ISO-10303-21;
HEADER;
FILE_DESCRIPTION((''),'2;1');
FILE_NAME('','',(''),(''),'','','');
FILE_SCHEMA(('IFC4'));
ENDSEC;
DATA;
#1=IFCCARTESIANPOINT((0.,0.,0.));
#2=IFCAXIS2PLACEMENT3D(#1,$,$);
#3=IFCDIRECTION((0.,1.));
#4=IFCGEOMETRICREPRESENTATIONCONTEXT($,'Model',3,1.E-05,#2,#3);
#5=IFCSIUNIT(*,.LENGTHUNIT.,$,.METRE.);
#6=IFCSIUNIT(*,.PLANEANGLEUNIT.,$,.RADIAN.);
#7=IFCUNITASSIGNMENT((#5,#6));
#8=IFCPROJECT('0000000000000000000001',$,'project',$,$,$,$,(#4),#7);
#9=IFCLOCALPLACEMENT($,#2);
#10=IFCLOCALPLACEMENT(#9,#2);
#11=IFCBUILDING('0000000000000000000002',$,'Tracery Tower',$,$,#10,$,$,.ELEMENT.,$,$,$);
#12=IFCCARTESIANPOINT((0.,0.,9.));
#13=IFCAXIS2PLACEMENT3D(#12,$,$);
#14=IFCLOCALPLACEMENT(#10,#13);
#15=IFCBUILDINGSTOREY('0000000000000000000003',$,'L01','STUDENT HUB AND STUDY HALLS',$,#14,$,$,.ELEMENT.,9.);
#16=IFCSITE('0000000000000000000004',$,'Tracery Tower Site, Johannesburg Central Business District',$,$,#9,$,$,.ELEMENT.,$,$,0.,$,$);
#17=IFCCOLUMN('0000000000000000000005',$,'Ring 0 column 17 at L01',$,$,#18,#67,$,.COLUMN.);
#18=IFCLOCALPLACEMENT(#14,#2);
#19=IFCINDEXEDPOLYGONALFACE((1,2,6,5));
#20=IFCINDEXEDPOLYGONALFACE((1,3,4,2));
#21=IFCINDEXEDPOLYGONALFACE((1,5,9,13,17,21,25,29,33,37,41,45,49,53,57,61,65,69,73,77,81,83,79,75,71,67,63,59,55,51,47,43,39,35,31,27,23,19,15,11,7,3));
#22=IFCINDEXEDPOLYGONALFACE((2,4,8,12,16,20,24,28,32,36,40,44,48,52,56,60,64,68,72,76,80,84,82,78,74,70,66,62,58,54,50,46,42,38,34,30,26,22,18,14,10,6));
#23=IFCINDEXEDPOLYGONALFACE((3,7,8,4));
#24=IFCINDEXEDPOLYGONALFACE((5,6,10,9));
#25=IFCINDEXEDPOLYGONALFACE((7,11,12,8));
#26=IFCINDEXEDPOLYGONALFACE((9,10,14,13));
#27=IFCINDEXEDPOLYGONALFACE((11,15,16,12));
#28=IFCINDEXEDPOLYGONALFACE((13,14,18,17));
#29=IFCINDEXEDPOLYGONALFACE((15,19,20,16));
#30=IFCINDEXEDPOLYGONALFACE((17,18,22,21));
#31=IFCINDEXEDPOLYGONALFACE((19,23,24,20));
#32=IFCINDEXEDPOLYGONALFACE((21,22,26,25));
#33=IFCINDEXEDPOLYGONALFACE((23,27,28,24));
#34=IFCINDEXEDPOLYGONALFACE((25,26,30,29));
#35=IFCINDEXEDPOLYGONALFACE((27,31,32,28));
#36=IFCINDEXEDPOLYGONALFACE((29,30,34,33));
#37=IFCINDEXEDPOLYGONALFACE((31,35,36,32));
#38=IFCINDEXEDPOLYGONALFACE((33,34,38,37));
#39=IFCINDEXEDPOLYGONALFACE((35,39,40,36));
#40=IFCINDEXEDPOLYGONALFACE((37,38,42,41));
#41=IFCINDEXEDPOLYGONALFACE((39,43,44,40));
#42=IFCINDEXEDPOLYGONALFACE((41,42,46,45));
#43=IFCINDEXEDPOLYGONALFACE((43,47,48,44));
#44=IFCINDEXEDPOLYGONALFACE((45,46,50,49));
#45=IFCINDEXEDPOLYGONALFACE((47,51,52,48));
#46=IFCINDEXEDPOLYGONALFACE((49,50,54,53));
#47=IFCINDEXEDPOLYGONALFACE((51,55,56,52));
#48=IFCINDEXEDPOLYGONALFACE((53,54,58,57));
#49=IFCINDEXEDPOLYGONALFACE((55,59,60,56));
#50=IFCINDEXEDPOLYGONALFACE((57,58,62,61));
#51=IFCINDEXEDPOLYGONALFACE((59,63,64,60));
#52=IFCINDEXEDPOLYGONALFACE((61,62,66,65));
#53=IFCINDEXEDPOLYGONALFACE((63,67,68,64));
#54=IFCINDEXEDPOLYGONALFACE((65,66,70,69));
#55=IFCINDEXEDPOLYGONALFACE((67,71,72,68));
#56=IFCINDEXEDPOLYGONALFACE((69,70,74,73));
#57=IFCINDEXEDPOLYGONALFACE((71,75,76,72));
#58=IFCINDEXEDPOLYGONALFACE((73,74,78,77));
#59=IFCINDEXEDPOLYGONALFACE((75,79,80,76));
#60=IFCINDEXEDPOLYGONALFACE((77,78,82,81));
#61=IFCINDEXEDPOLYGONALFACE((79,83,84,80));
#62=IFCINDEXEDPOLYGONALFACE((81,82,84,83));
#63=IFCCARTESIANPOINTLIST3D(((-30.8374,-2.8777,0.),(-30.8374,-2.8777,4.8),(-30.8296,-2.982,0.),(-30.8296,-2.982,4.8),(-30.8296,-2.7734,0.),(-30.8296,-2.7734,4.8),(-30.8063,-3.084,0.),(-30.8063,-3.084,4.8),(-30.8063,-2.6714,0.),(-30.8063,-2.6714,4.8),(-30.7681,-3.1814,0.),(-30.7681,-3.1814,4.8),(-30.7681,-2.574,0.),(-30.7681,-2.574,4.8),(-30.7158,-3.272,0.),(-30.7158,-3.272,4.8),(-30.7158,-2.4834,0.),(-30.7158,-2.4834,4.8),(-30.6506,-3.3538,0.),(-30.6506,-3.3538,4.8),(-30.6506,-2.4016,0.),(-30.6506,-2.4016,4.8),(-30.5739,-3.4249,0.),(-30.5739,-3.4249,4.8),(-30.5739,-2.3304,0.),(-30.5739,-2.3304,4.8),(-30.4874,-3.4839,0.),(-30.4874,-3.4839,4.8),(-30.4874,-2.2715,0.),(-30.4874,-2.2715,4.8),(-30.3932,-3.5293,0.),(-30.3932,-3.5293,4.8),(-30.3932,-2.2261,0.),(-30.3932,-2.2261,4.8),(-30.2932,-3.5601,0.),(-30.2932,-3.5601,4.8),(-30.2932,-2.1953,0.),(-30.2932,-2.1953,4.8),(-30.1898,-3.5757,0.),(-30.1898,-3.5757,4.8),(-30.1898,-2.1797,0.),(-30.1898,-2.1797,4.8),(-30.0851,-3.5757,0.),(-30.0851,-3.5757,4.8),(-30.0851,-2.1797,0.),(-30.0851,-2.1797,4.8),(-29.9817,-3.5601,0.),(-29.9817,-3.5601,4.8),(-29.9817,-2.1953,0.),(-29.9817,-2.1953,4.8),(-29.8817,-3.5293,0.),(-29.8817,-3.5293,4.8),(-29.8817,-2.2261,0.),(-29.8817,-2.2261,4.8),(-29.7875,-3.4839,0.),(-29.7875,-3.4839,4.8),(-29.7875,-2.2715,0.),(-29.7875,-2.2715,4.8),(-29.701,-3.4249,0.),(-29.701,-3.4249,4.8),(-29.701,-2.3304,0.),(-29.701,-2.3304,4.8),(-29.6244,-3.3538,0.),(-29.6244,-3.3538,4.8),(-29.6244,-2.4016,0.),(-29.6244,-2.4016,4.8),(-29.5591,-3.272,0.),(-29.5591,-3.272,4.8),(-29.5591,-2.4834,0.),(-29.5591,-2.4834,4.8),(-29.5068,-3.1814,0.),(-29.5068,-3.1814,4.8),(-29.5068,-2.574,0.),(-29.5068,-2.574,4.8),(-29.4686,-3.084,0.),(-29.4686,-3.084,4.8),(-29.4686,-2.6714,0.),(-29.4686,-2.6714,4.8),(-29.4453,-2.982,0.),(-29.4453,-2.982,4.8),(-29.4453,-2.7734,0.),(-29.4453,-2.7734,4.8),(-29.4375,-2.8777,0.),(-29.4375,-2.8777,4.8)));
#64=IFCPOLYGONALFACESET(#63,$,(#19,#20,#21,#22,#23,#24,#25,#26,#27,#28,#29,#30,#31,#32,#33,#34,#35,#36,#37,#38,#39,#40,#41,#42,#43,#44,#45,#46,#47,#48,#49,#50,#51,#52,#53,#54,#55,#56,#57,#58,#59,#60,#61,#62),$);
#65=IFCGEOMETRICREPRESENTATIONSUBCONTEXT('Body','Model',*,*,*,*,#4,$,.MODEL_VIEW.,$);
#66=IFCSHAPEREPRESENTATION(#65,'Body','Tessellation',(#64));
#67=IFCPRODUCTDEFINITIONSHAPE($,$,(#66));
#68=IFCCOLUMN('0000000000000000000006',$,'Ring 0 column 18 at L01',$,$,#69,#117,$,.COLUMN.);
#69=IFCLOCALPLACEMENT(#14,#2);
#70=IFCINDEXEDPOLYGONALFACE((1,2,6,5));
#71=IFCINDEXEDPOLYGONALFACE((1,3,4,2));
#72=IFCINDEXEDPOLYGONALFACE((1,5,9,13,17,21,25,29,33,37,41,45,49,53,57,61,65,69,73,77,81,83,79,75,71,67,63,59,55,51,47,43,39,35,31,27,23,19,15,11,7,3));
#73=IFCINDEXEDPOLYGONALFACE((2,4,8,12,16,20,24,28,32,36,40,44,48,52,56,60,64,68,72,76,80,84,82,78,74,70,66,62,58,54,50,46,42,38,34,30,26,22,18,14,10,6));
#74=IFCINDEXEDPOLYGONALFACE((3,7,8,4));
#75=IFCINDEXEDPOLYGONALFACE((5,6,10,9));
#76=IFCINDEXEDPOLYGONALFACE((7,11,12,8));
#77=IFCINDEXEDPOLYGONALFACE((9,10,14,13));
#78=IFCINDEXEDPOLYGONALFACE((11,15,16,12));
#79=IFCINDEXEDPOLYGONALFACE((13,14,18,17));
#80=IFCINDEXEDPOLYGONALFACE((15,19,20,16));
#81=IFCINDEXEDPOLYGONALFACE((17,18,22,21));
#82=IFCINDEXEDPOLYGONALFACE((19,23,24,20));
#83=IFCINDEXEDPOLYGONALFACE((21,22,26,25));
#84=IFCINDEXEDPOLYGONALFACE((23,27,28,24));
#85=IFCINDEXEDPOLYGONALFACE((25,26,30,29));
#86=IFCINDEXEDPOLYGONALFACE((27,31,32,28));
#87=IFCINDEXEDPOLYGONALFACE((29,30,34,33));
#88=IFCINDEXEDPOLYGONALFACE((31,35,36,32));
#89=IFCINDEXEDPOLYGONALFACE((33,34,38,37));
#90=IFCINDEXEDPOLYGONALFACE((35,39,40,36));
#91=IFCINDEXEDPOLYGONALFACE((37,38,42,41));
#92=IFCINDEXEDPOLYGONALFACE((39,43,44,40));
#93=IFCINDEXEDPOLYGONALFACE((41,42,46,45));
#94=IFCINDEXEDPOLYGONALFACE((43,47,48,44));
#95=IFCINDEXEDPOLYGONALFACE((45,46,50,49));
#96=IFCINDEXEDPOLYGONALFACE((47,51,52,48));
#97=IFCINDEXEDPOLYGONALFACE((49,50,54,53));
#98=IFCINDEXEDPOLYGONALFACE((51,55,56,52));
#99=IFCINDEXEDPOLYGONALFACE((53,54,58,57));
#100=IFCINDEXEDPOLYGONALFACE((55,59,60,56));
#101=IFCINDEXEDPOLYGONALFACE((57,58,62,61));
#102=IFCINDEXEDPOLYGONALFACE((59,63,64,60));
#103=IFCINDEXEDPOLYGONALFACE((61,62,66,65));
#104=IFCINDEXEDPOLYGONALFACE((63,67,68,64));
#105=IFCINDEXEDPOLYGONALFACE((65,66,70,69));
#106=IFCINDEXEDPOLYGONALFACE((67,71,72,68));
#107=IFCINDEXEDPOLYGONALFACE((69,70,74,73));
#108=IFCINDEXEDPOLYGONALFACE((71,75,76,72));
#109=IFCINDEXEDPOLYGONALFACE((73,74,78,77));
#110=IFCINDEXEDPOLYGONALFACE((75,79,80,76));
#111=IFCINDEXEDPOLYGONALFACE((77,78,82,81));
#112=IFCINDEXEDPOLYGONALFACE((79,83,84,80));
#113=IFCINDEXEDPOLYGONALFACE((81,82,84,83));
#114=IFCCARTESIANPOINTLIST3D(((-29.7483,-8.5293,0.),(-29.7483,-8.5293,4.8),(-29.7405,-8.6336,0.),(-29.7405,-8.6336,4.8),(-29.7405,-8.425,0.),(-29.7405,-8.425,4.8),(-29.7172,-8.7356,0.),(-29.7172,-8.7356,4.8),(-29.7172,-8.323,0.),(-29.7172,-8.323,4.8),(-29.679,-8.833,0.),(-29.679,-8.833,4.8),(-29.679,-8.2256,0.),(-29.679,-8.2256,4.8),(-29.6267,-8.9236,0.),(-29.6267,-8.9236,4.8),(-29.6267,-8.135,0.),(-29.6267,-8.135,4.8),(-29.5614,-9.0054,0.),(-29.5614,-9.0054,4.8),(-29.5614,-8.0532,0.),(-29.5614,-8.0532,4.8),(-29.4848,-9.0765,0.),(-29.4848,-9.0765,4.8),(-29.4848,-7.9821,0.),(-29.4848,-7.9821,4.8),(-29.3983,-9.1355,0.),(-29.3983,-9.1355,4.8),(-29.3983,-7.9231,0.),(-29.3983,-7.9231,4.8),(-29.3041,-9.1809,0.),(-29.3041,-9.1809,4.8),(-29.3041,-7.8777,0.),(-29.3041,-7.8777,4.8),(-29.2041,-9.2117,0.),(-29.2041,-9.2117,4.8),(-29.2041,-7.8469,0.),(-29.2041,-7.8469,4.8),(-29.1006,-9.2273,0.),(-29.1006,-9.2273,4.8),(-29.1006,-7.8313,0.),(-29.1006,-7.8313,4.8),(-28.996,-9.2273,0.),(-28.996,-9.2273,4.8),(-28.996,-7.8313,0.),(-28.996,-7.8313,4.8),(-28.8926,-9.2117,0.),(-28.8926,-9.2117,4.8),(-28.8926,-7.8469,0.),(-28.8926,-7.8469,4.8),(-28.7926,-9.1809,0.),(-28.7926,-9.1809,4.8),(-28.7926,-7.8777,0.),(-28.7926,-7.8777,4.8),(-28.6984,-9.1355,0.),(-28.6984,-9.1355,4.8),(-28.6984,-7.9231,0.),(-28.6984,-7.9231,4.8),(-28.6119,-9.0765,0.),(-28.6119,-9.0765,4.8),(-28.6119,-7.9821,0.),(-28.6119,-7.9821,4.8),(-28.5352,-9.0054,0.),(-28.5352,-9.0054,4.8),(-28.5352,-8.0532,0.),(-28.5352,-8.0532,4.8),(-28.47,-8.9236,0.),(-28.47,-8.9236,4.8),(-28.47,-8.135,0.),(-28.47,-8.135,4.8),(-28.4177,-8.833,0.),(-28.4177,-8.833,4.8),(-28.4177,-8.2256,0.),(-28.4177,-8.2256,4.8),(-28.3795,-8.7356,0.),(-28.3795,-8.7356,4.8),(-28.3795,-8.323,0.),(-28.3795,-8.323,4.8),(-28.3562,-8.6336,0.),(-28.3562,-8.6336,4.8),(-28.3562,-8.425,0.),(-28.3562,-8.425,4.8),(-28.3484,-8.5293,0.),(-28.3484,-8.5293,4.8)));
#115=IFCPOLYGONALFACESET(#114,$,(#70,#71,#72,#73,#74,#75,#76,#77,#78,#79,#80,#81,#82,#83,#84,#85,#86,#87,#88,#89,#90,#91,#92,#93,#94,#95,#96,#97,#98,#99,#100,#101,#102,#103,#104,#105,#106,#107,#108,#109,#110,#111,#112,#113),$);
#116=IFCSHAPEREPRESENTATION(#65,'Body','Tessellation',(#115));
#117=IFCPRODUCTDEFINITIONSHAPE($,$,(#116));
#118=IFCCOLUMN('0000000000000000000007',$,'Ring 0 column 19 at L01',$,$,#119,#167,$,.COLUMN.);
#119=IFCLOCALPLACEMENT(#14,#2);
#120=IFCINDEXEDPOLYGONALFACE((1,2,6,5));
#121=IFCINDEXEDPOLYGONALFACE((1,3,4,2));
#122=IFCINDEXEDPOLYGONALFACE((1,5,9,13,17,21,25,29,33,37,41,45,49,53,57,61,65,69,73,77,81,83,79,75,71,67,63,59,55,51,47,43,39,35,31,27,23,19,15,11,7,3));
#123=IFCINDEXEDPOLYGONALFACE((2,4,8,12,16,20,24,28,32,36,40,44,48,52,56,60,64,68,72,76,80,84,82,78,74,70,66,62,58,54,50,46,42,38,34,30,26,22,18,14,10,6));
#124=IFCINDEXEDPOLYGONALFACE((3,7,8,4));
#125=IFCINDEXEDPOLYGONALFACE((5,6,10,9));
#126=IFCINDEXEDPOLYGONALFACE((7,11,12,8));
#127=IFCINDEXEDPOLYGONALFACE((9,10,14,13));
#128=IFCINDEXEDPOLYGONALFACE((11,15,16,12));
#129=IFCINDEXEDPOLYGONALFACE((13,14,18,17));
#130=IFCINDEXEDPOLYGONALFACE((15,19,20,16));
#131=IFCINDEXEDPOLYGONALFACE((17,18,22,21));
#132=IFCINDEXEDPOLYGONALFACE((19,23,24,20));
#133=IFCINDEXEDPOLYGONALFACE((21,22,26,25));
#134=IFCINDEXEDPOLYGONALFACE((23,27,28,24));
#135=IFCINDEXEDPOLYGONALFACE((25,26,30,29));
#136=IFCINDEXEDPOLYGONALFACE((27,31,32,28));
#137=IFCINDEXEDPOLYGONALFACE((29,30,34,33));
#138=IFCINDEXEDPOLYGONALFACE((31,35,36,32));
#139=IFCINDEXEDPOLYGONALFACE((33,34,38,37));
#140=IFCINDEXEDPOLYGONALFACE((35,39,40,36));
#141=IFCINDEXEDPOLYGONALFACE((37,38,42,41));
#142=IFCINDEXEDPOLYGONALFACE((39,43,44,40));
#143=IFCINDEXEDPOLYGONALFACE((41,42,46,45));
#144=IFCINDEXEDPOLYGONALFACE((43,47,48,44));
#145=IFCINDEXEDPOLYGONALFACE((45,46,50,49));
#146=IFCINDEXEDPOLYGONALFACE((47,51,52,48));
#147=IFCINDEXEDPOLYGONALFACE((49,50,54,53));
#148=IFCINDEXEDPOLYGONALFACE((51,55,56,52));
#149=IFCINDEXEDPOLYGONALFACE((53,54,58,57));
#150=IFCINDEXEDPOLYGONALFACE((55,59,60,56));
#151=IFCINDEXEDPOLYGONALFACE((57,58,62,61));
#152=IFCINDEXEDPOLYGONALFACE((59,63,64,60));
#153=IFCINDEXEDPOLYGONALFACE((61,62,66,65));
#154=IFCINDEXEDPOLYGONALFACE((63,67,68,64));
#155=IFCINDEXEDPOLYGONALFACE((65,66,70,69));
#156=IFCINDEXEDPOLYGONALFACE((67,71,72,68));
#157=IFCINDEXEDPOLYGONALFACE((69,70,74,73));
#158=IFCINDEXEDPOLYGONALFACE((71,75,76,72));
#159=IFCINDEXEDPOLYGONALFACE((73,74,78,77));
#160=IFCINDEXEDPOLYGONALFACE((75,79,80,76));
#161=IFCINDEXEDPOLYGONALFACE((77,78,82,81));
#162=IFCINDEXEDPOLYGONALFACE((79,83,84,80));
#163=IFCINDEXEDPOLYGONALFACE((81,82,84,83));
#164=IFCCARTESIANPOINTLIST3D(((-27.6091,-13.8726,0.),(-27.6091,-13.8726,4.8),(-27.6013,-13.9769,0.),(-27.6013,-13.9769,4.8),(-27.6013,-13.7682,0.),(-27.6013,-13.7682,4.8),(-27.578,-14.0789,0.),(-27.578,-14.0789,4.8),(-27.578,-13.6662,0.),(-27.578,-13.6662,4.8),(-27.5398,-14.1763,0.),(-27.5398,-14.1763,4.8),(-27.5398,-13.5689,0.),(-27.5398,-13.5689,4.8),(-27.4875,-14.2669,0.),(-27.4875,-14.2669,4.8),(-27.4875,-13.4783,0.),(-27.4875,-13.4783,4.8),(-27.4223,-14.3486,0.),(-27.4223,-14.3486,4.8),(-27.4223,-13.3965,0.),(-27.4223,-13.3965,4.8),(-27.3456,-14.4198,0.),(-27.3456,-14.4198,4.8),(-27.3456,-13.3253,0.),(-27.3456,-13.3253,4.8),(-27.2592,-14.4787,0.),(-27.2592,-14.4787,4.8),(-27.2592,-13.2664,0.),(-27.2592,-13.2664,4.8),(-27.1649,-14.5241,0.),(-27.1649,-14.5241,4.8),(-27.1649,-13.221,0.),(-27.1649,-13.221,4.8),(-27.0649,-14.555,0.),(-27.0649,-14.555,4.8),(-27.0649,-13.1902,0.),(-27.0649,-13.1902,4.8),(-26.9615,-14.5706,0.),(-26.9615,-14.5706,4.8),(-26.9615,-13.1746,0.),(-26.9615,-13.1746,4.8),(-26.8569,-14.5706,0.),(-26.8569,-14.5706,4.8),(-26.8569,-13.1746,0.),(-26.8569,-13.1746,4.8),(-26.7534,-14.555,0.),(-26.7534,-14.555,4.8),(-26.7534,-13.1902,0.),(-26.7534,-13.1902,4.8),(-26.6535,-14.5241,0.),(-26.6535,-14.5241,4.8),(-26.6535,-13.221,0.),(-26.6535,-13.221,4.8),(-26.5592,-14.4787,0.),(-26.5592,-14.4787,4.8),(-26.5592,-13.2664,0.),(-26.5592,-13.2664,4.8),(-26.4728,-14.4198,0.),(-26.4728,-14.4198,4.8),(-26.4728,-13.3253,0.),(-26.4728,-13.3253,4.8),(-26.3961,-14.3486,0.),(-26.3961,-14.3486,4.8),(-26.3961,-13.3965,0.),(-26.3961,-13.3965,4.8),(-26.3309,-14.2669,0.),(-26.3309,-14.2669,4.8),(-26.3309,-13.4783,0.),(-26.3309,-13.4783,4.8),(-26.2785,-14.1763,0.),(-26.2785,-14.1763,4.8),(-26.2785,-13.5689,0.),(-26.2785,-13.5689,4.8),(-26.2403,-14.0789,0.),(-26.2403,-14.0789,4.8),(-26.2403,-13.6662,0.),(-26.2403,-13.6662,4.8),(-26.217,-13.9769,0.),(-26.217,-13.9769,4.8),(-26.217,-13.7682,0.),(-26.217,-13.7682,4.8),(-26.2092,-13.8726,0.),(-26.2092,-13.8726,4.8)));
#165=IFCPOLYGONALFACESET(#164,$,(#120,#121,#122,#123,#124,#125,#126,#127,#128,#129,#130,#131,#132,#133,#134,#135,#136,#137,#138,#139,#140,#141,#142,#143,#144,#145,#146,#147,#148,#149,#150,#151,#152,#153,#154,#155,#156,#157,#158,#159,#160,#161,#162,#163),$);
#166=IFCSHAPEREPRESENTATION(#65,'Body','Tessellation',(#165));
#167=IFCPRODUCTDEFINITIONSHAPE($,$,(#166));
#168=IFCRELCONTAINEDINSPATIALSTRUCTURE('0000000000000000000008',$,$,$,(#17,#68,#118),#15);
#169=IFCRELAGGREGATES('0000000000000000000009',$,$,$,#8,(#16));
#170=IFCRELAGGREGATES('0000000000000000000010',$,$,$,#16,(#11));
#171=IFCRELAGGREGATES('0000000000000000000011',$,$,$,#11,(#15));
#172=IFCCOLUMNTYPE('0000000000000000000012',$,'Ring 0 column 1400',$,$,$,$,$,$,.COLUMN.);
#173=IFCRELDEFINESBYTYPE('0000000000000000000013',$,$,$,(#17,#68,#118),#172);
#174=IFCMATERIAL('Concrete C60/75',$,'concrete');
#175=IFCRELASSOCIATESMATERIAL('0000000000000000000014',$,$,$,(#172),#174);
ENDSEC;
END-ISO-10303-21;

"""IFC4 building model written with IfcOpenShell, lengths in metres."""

from ifc_helpers import new_model, si_unit, direction, frame, origin, origin_2d, place, context, subcontext, project, spatial, circle, extrude, material, material_profile, profile_set, type_object, element, save


model = new_model("IFC4")

# Units and contexts
model_context = context("Model", 3, precision=1e-05, world=origin(), true_north=direction((0.0, 1.0)))
body_context = subcontext(model_context, "Body", "Model", "MODEL_VIEW")
ifc_project = project(units=[si_unit("LENGTHUNIT", "METRE"), si_unit("PLANEANGLEUNIT", "RADIAN")], contexts=[model_context])

# Site, building, storey
site_placement = place(None, origin())
site = spatial("IfcSite", under=ifc_project, at=site_placement, Name="Tracery Tower Site, Johannesburg Central Business District", CompositionType="ELEMENT", RefElevation=0.0)
building_placement = place(site_placement, origin())
building = spatial("IfcBuilding", under=site, at=building_placement, Name="Tracery Tower", CompositionType="ELEMENT")
storey_placement = place(building_placement, frame((0.0, 0.0, 9.0)))
storey = spatial("IfcBuildingStorey", under=building, at=storey_placement, Name="L01", Description="STUDENT HUB AND STUDY HALLS", CompositionType="ELEMENT", Elevation=9.0)

# Columns
ifc_material_1 = material(Name="Concrete C60/75", Category="concrete")
ifc_material_profile_1 = material_profile(ifc_material_1, circle(Radius=0.7, at=origin_2d()), Name="RC D1400")
ifc_profile_set_1 = profile_set([ifc_material_profile_1], Name="Concrete C60/75")
column_type_1 = type_object("IfcColumnType", Name="Ring 0 column 1400", PredefinedType="COLUMN", material=ifc_profile_set_1)
for number, where, z_axis, x_axis, name in (
    (1, (-30.1375, -2.8777, 0.0), (0.0, 0.0, 1.0), (1.0, 0.0, 0.0), "Ring 0 column 17 at L01"),
    (2, (-29.0483, -8.5293, 0.0), (0.0, 0.0, 1.0), (1.0, 0.0, 0.0), "Ring 0 column 18 at L01"),
    (3, (-26.9092, -13.8726, 0.0), (0.0, 0.0, 1.0), (1.0, 0.0, 0.0), "Ring 0 column 19 at L01"),
):
    element("IfcColumn", number, at=place(storey_placement, frame(where, z_axis=z_axis, x_axis=x_axis)), inside=storey, type_object=column_type_1, Name=name, PredefinedType="COLUMN", context=body_context, shape_type="SweptSolid", body=[
        extrude(circle(Radius=0.7, at=origin_2d()), origin(), (0.0, 0.0, 1.0), 4.8),
    ])

save(model, "model.ifc")
